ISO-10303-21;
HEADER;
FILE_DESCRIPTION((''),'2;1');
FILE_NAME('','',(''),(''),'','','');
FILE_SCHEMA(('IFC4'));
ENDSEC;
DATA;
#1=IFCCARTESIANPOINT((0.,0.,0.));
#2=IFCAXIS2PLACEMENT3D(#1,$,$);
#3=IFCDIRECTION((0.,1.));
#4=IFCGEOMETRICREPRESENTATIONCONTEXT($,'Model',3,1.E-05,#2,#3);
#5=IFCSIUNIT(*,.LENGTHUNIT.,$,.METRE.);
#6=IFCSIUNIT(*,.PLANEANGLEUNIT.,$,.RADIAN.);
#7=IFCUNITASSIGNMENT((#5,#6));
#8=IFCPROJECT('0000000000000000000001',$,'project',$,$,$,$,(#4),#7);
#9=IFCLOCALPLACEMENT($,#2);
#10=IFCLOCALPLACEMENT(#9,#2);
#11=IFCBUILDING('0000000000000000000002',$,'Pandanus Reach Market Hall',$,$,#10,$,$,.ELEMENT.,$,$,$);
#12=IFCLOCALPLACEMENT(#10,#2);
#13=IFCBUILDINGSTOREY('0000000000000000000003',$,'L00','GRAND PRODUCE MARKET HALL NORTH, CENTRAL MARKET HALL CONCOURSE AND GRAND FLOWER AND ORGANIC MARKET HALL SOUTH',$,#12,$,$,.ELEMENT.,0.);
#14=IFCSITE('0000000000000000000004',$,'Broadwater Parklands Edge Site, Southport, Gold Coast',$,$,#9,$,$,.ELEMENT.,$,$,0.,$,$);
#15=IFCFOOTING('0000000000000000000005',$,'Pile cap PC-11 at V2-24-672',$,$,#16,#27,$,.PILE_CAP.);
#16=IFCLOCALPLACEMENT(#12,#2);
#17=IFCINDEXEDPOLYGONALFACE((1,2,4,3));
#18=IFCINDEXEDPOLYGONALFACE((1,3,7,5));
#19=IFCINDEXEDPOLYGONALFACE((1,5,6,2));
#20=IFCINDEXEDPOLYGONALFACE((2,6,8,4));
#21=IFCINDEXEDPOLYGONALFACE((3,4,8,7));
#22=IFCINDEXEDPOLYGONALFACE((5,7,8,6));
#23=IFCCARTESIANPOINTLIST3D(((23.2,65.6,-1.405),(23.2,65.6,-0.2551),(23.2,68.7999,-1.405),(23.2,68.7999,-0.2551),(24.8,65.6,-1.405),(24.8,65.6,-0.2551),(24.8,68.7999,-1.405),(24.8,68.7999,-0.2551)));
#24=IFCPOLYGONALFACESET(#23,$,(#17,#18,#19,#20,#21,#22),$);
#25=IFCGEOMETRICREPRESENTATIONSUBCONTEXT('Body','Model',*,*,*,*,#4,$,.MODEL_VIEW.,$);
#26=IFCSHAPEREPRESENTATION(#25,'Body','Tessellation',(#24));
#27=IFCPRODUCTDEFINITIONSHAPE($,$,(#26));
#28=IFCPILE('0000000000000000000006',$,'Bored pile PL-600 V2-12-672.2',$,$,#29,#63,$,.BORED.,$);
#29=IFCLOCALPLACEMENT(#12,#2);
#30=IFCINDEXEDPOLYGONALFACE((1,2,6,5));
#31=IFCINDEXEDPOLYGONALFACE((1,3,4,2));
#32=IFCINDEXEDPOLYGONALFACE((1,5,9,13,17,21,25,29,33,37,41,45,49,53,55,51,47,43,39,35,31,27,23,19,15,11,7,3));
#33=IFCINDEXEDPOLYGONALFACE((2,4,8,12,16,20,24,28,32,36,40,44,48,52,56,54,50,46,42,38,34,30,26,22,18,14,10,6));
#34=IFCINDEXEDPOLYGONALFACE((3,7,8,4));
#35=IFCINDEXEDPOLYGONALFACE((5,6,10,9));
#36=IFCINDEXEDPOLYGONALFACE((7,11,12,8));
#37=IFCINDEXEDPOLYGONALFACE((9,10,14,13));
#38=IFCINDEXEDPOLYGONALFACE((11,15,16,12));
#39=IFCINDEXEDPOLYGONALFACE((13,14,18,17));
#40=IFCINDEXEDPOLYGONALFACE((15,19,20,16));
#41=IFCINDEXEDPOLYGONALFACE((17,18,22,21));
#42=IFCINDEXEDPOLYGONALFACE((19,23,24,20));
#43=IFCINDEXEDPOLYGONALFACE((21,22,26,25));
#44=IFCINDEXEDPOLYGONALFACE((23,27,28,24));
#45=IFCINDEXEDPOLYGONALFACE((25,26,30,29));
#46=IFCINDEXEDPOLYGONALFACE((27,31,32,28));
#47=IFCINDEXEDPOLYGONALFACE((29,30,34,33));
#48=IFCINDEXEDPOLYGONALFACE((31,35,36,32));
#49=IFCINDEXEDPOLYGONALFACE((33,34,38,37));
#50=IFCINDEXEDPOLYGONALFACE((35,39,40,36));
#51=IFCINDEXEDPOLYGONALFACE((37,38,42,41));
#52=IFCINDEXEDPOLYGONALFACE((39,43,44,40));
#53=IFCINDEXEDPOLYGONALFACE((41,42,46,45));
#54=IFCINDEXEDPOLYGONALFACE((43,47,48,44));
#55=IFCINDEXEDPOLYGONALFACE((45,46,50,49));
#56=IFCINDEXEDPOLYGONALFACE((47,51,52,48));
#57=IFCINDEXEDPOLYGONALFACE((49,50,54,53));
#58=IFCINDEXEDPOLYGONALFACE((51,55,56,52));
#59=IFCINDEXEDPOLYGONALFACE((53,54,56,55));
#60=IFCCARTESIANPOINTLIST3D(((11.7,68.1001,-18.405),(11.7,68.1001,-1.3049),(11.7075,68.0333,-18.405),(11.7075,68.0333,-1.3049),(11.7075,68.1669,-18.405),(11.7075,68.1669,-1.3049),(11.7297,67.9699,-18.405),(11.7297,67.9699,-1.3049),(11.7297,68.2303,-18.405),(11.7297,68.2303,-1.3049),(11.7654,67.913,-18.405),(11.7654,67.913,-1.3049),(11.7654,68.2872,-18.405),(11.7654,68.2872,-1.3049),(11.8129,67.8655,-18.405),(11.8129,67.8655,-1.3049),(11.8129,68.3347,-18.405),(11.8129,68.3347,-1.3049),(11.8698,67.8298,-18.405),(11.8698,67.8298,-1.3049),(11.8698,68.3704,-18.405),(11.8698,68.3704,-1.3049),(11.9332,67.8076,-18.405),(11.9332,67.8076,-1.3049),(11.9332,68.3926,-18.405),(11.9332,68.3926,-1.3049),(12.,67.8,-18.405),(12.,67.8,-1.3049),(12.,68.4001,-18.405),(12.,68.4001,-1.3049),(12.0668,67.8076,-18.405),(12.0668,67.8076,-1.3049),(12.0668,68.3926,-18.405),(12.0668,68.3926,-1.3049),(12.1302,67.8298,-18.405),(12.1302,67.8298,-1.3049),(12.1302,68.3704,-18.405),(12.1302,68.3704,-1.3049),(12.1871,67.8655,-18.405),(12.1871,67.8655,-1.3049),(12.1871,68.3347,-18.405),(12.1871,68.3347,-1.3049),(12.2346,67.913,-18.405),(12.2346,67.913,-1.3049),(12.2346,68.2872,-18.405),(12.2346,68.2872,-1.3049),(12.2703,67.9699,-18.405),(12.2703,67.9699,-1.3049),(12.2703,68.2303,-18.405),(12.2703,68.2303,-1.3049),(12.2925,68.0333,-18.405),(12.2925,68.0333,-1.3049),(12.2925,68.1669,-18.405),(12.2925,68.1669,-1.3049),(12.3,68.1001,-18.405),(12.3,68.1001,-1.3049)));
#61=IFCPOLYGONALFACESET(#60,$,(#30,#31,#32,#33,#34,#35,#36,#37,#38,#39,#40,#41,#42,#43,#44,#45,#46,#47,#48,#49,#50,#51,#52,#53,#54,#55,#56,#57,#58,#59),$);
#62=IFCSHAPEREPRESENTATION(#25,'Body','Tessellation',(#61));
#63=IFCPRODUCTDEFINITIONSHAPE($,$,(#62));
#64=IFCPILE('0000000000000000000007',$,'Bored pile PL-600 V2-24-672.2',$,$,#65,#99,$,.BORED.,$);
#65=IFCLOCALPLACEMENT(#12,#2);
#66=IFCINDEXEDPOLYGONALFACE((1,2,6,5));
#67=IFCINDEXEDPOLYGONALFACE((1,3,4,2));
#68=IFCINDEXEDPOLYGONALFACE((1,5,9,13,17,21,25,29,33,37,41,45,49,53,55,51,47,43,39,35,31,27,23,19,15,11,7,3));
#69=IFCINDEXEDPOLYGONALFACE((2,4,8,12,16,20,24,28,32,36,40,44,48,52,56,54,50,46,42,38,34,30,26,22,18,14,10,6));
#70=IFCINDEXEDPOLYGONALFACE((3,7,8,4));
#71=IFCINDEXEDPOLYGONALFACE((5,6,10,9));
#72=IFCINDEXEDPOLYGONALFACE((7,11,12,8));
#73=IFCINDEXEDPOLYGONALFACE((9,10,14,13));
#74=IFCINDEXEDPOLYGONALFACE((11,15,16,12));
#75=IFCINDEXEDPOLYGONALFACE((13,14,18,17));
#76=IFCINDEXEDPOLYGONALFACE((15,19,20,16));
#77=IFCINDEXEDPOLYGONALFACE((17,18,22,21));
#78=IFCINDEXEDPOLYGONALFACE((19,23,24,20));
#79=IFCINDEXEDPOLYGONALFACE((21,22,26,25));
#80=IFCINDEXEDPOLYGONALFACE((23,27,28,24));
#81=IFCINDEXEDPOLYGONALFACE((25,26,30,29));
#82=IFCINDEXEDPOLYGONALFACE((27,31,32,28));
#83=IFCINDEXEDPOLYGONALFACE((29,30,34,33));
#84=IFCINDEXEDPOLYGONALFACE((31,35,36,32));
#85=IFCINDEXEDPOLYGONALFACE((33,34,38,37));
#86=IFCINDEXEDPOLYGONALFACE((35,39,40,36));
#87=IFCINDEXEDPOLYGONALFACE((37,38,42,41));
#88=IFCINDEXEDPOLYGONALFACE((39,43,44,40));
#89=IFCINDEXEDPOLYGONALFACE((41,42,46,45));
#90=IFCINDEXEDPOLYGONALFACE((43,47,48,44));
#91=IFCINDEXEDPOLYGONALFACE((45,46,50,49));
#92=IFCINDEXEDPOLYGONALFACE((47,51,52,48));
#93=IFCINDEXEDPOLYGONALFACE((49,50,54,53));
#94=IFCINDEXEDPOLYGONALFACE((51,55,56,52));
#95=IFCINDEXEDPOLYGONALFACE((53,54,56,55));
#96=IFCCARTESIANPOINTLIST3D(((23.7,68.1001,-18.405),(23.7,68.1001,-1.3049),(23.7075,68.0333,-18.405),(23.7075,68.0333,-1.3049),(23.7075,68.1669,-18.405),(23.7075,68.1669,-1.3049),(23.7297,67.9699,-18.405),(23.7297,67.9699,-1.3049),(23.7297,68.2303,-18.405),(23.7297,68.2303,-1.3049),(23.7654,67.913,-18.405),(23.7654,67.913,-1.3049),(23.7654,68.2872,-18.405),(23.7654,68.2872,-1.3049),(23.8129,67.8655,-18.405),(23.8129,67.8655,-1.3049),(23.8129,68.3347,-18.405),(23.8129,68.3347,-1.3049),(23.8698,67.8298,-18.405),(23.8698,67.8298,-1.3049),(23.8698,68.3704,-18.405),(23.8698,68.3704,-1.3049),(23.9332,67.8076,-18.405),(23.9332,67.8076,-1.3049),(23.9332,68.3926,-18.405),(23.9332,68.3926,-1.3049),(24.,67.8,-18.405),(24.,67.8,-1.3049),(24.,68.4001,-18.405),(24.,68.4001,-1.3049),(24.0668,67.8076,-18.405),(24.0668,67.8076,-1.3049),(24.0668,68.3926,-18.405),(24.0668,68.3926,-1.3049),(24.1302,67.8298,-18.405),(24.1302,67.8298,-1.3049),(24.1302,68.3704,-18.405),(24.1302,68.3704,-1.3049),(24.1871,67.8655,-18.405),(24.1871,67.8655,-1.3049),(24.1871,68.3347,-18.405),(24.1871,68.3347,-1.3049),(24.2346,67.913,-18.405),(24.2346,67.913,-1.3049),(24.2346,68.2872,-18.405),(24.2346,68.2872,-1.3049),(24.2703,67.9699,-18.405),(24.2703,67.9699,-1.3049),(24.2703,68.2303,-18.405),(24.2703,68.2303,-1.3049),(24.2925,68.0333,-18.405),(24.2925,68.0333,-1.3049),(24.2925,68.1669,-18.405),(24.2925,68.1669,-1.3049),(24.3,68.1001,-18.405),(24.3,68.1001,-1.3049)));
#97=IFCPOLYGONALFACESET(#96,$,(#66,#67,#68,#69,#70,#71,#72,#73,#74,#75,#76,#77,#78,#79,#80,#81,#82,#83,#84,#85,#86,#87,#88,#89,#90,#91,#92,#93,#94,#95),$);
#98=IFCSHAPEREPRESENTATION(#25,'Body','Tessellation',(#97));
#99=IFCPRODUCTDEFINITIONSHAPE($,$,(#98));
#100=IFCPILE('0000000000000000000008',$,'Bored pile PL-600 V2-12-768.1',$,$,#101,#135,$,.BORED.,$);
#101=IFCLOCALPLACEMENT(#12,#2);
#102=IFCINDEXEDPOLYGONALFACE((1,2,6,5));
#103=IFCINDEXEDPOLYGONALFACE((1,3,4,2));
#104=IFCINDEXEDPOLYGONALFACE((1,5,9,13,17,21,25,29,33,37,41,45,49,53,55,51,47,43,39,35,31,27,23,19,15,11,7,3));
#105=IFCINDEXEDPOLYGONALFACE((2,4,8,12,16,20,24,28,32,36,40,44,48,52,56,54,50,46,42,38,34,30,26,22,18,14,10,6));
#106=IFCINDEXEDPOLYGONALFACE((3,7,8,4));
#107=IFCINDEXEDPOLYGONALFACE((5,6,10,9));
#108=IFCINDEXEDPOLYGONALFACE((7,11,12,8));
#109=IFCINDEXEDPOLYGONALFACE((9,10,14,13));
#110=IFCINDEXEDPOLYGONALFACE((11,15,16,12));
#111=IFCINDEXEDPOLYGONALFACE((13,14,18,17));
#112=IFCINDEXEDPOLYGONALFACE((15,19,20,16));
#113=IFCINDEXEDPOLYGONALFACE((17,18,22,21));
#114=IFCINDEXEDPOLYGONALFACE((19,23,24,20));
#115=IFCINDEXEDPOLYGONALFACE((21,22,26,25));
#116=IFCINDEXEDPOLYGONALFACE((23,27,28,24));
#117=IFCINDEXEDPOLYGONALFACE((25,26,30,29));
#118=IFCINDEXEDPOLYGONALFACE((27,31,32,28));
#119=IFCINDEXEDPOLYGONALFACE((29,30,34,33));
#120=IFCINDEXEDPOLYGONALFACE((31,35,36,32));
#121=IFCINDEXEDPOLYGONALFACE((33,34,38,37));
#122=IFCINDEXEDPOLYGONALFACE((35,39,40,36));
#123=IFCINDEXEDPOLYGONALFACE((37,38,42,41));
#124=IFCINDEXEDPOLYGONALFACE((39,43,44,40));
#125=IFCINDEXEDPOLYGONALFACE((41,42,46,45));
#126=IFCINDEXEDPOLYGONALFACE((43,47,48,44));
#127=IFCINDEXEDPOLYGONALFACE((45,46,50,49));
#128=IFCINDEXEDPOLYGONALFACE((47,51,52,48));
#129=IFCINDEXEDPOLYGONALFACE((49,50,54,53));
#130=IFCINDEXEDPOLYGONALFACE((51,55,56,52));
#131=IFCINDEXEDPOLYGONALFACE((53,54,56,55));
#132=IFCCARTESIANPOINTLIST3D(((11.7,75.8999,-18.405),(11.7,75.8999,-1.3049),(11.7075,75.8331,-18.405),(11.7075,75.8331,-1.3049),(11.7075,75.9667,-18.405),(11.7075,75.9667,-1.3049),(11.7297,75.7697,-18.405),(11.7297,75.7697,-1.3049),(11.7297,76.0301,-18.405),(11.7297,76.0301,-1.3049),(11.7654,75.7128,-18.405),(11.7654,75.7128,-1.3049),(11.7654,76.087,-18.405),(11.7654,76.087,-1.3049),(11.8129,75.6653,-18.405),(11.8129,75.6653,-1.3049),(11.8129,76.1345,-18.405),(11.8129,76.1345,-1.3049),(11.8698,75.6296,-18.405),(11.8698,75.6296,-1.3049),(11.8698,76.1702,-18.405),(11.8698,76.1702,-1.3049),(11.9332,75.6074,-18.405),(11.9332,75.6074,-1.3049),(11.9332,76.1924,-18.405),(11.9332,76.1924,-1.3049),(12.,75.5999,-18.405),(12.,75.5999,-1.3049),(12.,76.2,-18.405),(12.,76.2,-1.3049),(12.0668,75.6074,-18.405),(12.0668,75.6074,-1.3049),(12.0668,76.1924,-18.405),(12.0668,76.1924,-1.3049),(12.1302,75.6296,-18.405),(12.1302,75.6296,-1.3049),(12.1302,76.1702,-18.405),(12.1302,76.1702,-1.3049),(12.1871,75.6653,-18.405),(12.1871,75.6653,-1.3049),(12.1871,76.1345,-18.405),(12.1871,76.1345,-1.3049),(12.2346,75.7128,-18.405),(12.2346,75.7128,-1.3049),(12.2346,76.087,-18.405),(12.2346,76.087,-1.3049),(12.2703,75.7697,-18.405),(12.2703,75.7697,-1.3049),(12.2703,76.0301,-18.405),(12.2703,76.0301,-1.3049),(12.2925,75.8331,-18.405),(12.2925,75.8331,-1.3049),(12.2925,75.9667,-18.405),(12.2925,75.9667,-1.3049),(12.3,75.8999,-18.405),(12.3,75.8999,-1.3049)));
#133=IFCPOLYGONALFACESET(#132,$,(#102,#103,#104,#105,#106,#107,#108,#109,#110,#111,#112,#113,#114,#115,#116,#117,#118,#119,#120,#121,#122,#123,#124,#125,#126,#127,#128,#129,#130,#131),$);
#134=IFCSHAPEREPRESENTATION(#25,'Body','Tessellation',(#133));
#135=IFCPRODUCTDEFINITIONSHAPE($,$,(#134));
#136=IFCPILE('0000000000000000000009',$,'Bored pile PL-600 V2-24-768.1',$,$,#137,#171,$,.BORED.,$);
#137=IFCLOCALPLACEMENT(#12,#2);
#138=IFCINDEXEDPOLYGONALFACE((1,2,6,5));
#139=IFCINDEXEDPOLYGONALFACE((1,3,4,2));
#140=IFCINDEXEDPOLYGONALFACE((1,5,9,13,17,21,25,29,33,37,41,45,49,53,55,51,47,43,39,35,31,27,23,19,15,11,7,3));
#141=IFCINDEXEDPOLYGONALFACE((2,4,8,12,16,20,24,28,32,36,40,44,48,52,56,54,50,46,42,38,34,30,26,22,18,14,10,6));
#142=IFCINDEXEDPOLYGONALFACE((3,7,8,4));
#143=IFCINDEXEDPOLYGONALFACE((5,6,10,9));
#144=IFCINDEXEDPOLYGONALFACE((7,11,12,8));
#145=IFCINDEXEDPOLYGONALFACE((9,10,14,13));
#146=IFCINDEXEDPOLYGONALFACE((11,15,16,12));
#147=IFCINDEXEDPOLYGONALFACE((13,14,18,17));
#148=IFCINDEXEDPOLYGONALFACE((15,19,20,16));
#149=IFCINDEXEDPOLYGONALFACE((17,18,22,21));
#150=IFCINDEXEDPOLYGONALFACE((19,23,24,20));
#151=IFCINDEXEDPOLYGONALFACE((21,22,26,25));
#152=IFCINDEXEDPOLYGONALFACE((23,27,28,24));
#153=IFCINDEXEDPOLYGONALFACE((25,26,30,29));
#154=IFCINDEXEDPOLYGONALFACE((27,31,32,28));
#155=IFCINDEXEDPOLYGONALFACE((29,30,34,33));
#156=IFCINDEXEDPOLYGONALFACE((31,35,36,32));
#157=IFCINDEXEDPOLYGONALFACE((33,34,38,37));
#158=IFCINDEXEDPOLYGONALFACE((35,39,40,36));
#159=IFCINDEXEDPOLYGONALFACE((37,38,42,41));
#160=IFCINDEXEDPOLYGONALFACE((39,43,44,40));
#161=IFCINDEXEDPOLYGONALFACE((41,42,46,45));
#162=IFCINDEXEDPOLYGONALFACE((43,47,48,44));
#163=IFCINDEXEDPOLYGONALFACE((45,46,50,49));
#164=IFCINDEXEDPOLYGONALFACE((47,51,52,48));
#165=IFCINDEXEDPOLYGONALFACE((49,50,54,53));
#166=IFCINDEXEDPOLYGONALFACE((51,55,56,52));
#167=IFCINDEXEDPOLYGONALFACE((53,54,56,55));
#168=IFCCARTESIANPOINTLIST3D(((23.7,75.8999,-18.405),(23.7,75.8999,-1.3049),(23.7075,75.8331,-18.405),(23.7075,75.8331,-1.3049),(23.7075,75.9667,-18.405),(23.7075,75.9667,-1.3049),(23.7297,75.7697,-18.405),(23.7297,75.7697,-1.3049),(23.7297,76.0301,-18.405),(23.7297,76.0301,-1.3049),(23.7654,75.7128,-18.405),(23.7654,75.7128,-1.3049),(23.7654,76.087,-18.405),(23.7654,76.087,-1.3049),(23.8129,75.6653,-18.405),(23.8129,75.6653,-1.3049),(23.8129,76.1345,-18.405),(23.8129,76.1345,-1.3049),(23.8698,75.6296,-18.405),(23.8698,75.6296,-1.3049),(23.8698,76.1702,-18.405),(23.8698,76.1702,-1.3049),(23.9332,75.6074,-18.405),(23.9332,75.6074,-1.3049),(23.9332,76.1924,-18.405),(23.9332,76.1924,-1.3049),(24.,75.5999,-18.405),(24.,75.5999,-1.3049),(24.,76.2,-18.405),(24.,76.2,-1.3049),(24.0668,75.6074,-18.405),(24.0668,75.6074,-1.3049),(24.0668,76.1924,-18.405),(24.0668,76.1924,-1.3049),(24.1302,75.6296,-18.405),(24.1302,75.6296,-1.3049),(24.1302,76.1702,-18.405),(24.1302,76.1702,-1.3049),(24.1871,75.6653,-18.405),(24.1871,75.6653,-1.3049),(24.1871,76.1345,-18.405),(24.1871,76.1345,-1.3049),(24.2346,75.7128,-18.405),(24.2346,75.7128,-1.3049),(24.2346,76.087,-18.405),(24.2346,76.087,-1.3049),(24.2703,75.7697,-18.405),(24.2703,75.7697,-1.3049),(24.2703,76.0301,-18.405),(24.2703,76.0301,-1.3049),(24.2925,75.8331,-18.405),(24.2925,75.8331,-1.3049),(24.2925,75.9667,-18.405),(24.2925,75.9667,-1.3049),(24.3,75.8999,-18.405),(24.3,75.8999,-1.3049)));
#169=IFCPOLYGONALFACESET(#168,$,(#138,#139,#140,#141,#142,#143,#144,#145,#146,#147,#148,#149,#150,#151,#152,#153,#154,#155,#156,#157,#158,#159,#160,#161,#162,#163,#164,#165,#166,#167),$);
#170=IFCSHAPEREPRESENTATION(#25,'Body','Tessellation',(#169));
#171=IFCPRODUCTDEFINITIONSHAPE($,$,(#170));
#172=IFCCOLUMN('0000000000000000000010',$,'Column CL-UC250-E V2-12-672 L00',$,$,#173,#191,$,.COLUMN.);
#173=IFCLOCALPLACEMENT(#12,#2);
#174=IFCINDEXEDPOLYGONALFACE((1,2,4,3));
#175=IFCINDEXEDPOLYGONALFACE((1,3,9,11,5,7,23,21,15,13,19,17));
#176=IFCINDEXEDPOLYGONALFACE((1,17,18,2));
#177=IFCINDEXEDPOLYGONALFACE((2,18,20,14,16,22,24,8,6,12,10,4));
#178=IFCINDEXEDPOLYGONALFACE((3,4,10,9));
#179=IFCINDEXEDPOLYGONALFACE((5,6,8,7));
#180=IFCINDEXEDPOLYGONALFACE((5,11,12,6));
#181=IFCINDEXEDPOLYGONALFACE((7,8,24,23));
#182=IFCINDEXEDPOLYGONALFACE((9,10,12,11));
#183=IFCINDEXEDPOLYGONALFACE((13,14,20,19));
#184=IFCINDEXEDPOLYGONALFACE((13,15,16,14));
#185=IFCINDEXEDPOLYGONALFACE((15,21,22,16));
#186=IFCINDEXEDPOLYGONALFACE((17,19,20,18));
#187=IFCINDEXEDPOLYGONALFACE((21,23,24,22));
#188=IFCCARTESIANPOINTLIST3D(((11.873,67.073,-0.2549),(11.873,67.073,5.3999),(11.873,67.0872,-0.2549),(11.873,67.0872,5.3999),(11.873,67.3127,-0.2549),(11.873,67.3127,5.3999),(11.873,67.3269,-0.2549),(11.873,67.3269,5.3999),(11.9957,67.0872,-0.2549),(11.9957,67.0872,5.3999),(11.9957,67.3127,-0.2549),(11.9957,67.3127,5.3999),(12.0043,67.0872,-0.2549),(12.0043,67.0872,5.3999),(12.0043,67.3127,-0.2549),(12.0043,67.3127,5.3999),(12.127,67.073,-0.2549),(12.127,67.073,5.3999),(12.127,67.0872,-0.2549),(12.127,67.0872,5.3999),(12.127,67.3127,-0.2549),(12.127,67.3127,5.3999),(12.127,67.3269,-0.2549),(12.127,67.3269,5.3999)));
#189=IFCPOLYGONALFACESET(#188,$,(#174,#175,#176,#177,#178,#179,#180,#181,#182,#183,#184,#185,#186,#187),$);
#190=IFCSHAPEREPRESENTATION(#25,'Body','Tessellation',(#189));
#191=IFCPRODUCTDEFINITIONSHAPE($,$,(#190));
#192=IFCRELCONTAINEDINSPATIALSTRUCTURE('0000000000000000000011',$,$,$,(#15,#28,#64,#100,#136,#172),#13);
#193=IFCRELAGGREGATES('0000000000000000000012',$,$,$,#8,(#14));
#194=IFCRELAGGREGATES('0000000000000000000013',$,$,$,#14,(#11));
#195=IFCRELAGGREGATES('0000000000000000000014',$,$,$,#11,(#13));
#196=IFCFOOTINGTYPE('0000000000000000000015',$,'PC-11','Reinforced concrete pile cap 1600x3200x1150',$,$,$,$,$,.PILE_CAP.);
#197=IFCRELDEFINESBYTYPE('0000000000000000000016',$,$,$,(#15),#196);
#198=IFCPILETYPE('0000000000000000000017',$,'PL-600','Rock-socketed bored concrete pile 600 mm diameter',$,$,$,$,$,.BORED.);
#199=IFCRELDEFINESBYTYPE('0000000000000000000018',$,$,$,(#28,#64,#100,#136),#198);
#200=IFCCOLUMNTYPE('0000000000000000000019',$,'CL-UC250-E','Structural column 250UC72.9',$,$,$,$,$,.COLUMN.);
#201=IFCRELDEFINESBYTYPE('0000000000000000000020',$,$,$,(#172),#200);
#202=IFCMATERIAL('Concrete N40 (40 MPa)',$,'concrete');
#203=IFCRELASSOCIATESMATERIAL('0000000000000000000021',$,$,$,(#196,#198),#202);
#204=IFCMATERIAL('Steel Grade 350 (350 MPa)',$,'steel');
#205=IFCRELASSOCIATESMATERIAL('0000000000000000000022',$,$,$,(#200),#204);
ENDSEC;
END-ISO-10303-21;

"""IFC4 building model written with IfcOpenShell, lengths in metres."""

from ifc_helpers import new_model, si_unit, direction, frame, origin, origin_2d, place, context, subcontext, project, spatial, rectangle, circle, i_section, extrude, material, material_profile, profile_set, type_object, element, save


model = new_model("IFC4")

# Units and contexts
model_context = context("Model", 3, precision=1e-05, world=origin(), true_north=direction((0.0, 1.0)))
body_context = subcontext(model_context, "Body", "Model", "MODEL_VIEW")
ifc_project = project(units=[si_unit("LENGTHUNIT", "METRE"), si_unit("PLANEANGLEUNIT", "RADIAN")], contexts=[model_context])

# Site, building, storey
site_placement = place(None, origin())
site = spatial("IfcSite", under=ifc_project, at=site_placement, Name="Broadwater Parklands Edge Site, Southport, Gold Coast", CompositionType="ELEMENT", RefElevation=0.0)
building_placement = place(site_placement, origin())
building = spatial("IfcBuilding", under=site, at=building_placement, Name="Pandanus Reach Market Hall", CompositionType="ELEMENT")
storey_placement = place(building_placement, origin())
storey = spatial("IfcBuildingStorey", under=building, at=storey_placement, Name="L00", Description="GRAND PRODUCE MARKET HALL NORTH, CENTRAL MARKET HALL CONCOURSE AND GRAND FLOWER AND ORGANIC MARKET HALL SOUTH", CompositionType="ELEMENT", Elevation=0.0)

# Footing
ifc_material_1 = material(Name="Concrete N40 (40 MPa)", Category="concrete")
footing_type = type_object("IfcFootingType", Name="PC-11", Description="Reinforced concrete pile cap 1600x3200x1150", PredefinedType="PILE_CAP", material=ifc_material_1)
footing_placement = place(storey_placement, frame((24.0, 67.2, -1.405), z_axis=(0.0, 0.0, 1.0), x_axis=(1.0, 0.0, 0.0)))
element("IfcFooting", 1, at=footing_placement, inside=storey, type_object=footing_type, Name="Pile cap PC-11 at V2-24-672", PredefinedType="PILE_CAP", context=body_context, shape_type="SweptSolid", body=[
    extrude(rectangle(XDim=1.6001, YDim=3.2, at=origin_2d()), origin(), (0.0, 0.0, 1.0), 1.1499),
])

# Piles
ifc_material_profile_1 = material_profile(ifc_material_1, circle(Radius=0.3, at=origin_2d()), Name="PILE-600D", Category="LoadBearing")
ifc_profile_set_1 = profile_set([ifc_material_profile_1], Name="Concrete N40 (40 MPa)")
pile_type = type_object("IfcPileType", Name="PL-600", Description="Rock-socketed bored concrete pile 600 mm diameter", PredefinedType="BORED", material=ifc_profile_set_1)
for number, where, z_axis, x_axis, name in (
    (2, (12.0, 68.1001, -1.3049), (0.0, 0.0, -1.0), (1.0, 0.0, 0.0), "Bored pile PL-600 V2-12-672.2"),
    (3, (24.0, 68.1001, -1.3049), (0.0, 0.0, -1.0), (1.0, 0.0, 0.0), "Bored pile PL-600 V2-24-672.2"),
    (4, (12.0, 75.8999, -1.3049), (0.0, 0.0, -1.0), (1.0, 0.0, 0.0), "Bored pile PL-600 V2-12-768.1"),
    (5, (24.0, 75.8999, -1.3049), (0.0, 0.0, -1.0), (1.0, 0.0, 0.0), "Bored pile PL-600 V2-24-768.1"),
):
    element("IfcPile", number, at=place(storey_placement, frame(where, z_axis=z_axis, x_axis=x_axis)), inside=storey, type_object=pile_type, Name=name, PredefinedType="BORED", context=body_context, shape_type="SweptSolid", body=[
        extrude(circle(Radius=0.3, at=origin_2d()), origin(), (0.0, 0.0, 1.0), 17.1001),
    ])

# Column
ifc_material_2 = material(Name="Steel Grade 350 (350 MPa)", Category="steel")
ifc_material_profile_2 = material_profile(ifc_material_2, i_section(OverallWidth=0.2539, OverallDepth=0.2539, WebThickness=0.0085, FlangeThickness=0.0142, at=origin_2d()), Name="250UC72.9", Category="LoadBearing")
ifc_profile_set_2 = profile_set([ifc_material_profile_2], Name="Steel Grade 350 (350 MPa)")
column_type = type_object("IfcColumnType", Name="CL-UC250-E", Description="Structural column 250UC72.9", PredefinedType="COLUMN", material=ifc_profile_set_2)
for number, where, z_axis, x_axis, name in (
    (6, (12.0, 67.2, -0.2549), (0.0, 0.0, 1.0), (1.0, 0.0, 0.0), "Column CL-UC250-E V2-12-672 L00"),
):
    element("IfcColumn", number, at=place(storey_placement, frame(where, z_axis=z_axis, x_axis=x_axis)), inside=storey, type_object=column_type, Name=name, PredefinedType="COLUMN", context=body_context, shape_type="SweptSolid", body=[
        extrude(i_section(OverallWidth=0.2539, OverallDepth=0.2539, WebThickness=0.0085, FlangeThickness=0.0142, at=origin_2d()), origin(), (0.0, 0.0, 1.0), 5.6548),
    ])

save(model, "model.ifc")
